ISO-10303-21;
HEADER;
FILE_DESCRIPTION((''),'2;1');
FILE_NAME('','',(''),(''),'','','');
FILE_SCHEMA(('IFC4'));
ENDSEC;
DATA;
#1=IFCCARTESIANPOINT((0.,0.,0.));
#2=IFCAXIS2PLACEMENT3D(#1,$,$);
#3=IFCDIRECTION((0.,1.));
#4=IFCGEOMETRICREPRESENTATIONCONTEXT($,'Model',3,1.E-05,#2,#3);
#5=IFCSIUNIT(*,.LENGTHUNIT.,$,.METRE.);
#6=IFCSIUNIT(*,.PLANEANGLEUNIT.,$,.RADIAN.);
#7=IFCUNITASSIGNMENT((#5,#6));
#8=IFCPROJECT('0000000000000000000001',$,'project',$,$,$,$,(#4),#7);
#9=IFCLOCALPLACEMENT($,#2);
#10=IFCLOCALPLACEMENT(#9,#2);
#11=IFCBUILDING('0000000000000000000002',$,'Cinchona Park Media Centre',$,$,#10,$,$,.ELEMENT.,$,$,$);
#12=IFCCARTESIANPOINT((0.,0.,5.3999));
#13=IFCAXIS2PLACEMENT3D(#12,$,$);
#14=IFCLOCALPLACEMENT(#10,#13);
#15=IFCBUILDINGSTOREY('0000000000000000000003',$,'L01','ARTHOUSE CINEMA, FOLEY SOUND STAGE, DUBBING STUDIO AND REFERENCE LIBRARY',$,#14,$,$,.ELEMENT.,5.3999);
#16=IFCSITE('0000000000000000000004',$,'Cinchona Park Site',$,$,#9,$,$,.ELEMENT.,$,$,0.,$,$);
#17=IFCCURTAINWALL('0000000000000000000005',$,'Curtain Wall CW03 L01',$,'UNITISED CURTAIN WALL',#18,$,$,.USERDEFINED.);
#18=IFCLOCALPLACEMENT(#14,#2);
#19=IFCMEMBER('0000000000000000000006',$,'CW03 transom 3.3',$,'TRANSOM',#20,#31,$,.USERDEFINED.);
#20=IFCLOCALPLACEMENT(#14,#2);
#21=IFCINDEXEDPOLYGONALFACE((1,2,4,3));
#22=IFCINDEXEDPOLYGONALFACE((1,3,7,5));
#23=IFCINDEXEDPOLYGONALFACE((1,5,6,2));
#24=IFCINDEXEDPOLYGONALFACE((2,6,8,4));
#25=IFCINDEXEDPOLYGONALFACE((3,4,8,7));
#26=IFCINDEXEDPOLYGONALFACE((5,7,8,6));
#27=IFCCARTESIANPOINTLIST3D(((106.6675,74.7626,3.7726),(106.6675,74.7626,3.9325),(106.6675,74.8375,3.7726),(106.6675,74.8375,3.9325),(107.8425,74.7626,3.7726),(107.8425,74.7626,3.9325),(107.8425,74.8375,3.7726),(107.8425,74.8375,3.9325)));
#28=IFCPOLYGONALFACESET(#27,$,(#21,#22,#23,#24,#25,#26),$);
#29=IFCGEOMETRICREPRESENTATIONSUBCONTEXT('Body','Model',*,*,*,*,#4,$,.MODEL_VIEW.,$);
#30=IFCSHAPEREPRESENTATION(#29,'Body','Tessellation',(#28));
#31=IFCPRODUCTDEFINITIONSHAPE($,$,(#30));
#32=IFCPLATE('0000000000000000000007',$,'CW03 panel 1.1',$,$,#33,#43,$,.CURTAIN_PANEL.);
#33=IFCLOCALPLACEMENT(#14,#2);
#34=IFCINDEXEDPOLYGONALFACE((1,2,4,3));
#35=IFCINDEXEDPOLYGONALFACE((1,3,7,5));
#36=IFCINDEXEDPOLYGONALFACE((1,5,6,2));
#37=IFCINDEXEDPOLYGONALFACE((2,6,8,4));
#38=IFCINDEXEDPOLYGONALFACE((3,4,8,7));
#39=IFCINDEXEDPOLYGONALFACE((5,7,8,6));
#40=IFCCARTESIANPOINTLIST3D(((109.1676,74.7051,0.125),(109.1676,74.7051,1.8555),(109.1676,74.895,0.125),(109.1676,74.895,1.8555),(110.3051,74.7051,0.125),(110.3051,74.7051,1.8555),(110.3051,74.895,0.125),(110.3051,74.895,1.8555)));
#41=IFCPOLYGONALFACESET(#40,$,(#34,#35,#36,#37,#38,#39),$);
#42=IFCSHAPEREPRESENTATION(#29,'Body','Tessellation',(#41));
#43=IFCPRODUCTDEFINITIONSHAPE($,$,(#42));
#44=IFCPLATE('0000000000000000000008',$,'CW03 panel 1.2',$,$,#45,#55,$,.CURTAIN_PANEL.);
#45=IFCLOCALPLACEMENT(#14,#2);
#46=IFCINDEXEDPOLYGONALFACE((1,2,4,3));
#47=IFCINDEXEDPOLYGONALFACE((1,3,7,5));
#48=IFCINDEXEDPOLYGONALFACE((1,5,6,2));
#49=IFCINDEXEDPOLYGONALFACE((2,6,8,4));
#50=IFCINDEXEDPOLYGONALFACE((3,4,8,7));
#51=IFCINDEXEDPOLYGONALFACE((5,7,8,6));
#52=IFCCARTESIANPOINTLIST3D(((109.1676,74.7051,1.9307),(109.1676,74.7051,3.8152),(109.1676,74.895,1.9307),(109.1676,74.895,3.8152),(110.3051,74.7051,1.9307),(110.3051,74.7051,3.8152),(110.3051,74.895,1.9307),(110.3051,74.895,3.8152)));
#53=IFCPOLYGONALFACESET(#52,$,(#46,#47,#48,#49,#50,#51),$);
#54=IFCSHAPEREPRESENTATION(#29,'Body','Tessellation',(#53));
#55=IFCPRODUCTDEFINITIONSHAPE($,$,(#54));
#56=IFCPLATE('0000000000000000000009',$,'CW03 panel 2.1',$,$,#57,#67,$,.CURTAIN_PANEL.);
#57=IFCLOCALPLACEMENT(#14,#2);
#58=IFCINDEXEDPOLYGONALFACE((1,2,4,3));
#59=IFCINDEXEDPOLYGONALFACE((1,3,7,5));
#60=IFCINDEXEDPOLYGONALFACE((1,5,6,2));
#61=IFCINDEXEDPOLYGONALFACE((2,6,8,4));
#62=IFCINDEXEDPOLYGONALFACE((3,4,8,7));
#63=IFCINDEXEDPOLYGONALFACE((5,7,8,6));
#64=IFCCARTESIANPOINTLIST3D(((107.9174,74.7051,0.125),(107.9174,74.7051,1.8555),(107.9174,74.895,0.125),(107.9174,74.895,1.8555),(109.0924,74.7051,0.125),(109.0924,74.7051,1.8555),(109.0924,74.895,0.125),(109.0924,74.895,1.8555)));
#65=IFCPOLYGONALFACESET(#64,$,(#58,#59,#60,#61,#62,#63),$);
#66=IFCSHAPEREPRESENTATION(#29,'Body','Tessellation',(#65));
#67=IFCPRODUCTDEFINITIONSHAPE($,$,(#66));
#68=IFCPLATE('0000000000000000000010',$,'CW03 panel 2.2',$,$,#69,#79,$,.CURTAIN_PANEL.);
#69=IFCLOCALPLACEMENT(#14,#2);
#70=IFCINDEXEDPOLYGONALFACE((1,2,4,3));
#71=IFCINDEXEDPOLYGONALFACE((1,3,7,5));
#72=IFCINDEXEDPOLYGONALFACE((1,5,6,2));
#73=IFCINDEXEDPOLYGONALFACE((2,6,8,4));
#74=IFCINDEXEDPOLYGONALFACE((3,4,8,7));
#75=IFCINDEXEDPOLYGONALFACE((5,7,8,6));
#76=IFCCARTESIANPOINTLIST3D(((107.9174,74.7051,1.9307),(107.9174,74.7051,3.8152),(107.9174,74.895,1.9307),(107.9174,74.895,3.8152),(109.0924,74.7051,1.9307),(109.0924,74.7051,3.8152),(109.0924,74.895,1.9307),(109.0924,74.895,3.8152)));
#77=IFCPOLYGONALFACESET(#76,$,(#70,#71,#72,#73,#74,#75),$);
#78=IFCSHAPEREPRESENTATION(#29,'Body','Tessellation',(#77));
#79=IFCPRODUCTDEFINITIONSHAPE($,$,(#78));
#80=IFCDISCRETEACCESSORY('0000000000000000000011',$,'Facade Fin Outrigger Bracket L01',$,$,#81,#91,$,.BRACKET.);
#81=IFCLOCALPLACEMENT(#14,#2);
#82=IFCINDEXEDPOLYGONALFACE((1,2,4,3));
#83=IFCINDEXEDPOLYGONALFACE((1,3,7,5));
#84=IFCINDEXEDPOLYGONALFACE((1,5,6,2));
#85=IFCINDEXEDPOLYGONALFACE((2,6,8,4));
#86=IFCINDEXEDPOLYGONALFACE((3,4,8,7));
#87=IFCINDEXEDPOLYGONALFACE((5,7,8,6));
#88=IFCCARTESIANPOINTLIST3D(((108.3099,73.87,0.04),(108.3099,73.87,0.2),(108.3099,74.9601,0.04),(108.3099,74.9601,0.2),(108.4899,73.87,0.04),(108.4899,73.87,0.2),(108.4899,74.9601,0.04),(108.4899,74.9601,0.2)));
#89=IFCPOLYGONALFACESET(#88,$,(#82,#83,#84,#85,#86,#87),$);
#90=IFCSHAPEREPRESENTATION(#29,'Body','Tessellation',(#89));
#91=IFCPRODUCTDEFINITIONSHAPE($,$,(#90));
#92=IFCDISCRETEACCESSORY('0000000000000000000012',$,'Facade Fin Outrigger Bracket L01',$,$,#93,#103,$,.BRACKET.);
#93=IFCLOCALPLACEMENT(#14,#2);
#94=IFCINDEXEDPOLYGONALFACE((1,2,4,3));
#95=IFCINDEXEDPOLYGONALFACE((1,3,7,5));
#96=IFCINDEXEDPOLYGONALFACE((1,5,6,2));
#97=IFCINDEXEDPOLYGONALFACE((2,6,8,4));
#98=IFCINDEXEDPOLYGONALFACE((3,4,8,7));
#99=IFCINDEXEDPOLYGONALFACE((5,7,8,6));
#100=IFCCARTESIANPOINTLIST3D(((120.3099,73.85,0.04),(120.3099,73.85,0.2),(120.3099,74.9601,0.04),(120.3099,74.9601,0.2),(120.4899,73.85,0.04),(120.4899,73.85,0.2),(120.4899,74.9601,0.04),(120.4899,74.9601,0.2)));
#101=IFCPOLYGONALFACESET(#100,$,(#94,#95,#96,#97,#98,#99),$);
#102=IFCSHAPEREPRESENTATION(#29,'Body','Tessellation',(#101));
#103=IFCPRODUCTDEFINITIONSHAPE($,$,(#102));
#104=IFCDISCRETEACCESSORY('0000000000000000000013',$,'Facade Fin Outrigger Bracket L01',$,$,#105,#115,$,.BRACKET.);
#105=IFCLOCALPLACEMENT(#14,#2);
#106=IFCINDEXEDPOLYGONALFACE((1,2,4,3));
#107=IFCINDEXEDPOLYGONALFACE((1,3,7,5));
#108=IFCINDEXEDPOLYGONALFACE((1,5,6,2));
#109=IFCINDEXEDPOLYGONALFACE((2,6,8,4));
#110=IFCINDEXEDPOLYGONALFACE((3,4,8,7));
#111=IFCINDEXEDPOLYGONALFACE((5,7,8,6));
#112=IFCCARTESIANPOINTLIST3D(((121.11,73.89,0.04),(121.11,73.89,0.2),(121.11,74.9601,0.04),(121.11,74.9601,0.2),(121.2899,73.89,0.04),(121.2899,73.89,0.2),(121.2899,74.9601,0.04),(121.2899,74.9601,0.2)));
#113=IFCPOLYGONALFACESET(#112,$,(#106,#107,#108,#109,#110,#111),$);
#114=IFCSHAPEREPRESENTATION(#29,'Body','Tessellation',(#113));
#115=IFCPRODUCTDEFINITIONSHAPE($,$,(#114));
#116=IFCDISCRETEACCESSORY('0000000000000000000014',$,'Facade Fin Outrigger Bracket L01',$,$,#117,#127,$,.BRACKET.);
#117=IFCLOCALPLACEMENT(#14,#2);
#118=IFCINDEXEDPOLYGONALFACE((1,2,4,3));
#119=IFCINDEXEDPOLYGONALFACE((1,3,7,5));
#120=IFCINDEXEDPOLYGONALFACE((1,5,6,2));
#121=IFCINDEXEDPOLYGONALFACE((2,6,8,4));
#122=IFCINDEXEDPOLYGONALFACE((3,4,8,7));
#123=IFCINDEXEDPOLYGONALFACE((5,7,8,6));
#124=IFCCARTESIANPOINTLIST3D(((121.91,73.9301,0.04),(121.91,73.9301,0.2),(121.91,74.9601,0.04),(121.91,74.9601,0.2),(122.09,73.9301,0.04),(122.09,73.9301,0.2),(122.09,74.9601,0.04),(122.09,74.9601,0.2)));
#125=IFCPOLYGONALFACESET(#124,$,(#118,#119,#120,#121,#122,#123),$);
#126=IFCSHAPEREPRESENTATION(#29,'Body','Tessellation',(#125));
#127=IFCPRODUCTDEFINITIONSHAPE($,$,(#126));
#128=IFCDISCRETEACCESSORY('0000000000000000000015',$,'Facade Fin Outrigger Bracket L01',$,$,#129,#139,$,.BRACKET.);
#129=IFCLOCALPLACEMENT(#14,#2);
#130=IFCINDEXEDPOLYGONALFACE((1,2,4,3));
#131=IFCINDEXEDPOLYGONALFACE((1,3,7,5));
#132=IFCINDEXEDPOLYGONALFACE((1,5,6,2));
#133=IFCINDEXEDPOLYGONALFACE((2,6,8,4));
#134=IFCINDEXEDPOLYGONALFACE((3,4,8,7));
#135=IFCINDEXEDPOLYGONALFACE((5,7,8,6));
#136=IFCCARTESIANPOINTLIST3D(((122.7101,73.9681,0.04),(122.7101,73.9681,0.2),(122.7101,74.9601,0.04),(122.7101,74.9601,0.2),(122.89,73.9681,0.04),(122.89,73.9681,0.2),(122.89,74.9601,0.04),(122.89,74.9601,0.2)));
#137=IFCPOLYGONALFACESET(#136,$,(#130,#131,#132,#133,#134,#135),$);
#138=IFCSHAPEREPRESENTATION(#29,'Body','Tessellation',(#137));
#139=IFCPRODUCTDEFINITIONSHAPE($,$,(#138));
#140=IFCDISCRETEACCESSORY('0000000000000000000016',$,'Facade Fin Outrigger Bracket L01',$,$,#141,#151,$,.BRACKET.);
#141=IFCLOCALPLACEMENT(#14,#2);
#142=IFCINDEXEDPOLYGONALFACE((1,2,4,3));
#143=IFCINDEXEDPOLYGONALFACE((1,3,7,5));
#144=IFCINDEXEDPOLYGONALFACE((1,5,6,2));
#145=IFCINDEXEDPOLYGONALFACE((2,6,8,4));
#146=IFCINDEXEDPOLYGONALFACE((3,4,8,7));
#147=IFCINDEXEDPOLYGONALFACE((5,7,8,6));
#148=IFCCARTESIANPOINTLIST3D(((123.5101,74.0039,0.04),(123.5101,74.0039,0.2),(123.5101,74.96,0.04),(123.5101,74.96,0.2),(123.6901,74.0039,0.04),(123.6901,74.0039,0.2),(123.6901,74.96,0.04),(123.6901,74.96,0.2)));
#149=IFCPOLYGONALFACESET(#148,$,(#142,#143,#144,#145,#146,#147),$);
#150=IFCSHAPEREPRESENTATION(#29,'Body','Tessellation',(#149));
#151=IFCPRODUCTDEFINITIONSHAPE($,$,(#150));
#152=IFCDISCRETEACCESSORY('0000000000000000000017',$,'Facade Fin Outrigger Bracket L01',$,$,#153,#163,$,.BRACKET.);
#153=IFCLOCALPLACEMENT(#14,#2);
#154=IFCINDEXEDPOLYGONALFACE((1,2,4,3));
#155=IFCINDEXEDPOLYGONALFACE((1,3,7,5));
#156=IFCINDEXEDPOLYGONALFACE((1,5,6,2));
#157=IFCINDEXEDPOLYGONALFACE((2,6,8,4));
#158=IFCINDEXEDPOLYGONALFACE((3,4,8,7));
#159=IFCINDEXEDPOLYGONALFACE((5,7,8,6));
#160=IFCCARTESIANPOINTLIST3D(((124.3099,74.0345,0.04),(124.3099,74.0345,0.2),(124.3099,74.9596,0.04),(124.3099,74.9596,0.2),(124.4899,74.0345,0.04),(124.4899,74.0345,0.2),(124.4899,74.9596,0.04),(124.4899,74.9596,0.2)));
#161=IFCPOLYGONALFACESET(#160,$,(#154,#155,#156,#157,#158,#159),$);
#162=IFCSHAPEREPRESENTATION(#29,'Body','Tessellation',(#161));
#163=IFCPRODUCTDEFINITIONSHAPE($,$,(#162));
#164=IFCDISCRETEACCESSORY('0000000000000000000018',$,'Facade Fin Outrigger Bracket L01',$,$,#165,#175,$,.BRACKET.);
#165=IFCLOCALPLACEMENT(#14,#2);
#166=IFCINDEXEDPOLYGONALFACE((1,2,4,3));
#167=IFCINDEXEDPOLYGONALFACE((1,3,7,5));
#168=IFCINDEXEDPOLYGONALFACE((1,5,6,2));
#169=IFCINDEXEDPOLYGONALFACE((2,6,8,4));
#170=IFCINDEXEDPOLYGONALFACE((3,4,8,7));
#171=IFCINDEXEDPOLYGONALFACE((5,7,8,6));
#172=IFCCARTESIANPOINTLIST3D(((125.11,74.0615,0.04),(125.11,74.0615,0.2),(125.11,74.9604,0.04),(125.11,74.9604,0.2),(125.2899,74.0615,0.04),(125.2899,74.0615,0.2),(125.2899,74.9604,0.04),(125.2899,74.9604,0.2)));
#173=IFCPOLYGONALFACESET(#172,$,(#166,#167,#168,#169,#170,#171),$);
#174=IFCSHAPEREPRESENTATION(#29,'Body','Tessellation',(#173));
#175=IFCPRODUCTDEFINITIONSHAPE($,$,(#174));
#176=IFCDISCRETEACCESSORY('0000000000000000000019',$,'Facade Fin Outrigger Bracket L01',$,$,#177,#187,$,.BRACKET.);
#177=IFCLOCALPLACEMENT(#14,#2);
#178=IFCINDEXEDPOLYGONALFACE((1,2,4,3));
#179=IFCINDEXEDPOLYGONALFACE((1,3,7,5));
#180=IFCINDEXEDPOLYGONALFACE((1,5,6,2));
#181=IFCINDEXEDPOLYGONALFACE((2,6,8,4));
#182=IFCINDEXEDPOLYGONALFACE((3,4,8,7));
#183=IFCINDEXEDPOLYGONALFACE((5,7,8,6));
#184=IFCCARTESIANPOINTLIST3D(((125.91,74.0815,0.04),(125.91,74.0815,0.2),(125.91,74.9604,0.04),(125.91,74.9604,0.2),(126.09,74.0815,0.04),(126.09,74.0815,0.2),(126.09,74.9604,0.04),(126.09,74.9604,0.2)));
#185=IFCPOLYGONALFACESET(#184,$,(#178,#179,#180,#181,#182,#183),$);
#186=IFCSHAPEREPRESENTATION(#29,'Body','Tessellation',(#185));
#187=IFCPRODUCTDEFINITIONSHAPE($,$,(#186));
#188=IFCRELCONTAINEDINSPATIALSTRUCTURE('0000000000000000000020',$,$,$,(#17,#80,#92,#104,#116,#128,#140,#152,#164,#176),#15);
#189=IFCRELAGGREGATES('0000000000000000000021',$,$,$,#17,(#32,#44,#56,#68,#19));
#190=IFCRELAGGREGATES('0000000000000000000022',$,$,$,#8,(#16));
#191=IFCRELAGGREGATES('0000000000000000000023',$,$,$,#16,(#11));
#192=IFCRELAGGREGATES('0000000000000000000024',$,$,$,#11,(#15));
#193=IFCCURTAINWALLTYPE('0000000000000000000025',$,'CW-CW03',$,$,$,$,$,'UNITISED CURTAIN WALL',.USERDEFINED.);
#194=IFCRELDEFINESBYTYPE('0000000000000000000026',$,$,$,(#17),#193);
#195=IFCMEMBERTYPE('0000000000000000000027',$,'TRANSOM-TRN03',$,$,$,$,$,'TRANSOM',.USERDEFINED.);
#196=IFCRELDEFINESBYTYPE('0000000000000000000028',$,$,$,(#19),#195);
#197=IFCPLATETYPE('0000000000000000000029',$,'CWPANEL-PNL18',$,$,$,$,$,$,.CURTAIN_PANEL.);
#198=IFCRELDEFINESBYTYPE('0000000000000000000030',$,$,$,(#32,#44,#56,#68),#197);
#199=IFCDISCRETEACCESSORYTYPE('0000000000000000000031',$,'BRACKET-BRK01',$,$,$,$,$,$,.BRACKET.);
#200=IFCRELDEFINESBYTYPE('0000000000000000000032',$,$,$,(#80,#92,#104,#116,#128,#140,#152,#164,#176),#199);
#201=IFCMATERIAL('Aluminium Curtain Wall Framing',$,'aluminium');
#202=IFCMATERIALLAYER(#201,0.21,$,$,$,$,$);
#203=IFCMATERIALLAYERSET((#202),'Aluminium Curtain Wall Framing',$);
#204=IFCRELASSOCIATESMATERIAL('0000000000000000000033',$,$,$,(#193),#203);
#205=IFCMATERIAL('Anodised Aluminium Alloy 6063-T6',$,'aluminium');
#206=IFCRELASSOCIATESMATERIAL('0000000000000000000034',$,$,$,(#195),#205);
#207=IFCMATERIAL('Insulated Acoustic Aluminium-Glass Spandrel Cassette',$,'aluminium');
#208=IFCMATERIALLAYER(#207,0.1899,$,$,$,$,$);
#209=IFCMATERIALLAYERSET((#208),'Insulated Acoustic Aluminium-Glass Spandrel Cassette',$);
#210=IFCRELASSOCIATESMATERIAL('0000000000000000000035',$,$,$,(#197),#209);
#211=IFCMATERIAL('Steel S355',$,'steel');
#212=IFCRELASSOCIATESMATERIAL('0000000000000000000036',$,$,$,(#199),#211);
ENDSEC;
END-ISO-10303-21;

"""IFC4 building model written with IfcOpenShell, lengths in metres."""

from ifc_helpers import new_model, si_unit, direction, frame, origin, origin_2d, place, context, subcontext, project, spatial, rectangle, extrude, material, layer, layer_set, material_profile, profile_set, type_object, element, aggregate, save


model = new_model("IFC4")

# Units and contexts
model_context = context("Model", 3, precision=1e-05, world=origin(), true_north=direction((0.0, 1.0)))
body_context = subcontext(model_context, "Body", "Model", "MODEL_VIEW")
ifc_project = project(units=[si_unit("LENGTHUNIT", "METRE"), si_unit("PLANEANGLEUNIT", "RADIAN")], contexts=[model_context])

# Site, building, storey
site_placement = place(None, origin())
site = spatial("IfcSite", under=ifc_project, at=site_placement, Name="Cinchona Park Site", CompositionType="ELEMENT", RefElevation=0.0)
building_placement = place(site_placement, origin())
building = spatial("IfcBuilding", under=site, at=building_placement, Name="Cinchona Park Media Centre", CompositionType="ELEMENT")
storey_placement = place(building_placement, frame((0.0, 0.0, 5.3999)))
storey = spatial("IfcBuildingStorey", under=building, at=storey_placement, Name="L01", Description="ARTHOUSE CINEMA, FOLEY SOUND STAGE, DUBBING STUDIO AND REFERENCE LIBRARY", CompositionType="ELEMENT", Elevation=5.3999)

# Curtain wall, member, plates
ifc_material_1 = material(Name="Aluminium Curtain Wall Framing", Category="aluminium")
ifc_layer_1 = layer(ifc_material_1, 0.21)
ifc_layer_set_1 = layer_set([ifc_layer_1], Name="Aluminium Curtain Wall Framing")
curtain_wall_type_1 = type_object("IfcCurtainWallType", Name="CW-CW03", ElementType="UNITISED CURTAIN WALL", PredefinedType="USERDEFINED", material=ifc_layer_set_1)
curtain_wall_1_placement = place(storey_placement, origin())
curtain_wall_1 = element("IfcCurtainWall", 1, at=curtain_wall_1_placement, inside=storey, type_object=curtain_wall_type_1, Name="Curtain Wall CW03 L01", ObjectType="UNITISED CURTAIN WALL", PredefinedType="USERDEFINED")
ifc_material_2 = material(Name="Anodised Aluminium Alloy 6063-T6", Category="aluminium")
ifc_material_profile_1 = material_profile(ifc_material_2, rectangle(XDim=0.075, YDim=0.1599, at=origin_2d()), Name="TRN-75X160")
ifc_profile_set_1 = profile_set([ifc_material_profile_1], Name="Anodised Aluminium Alloy 6063-T6")
member_type_1 = type_object("IfcMemberType", Name="TRANSOM-TRN03", ElementType="TRANSOM", PredefinedType="USERDEFINED", material=ifc_profile_set_1)
member_1_placement = place(storey_placement, frame((107.8425, 74.8, 3.8525), z_axis=(-1.0, 0.0, 0.0), x_axis=(0.0, -1.0, 0.0)))
member_1 = element("IfcMember", 2, at=member_1_placement, type_object=member_type_1, Name="CW03 transom 3.3", ObjectType="TRANSOM", PredefinedType="USERDEFINED", context=body_context, shape_type="SweptSolid", body=[
    extrude(rectangle(XDim=0.075, YDim=0.1599, at=origin_2d()), origin(), (0.0, 0.0, 1.0), 1.175),
])
ifc_material_3 = material(Name="Insulated Acoustic Aluminium-Glass Spandrel Cassette", Category="aluminium")
ifc_layer_2 = layer(ifc_material_3, 0.1899)
ifc_layer_set_2 = layer_set([ifc_layer_2], Name="Insulated Acoustic Aluminium-Glass Spandrel Cassette")
plate_type = type_object("IfcPlateType", Name="CWPANEL-PNL18", PredefinedType="CURTAIN_PANEL", material=ifc_layer_set_2)
plate_1_placement = place(storey_placement, frame((109.7363, 74.8, 0.125), z_axis=(0.0, 0.0, 1.0), x_axis=(-1.0, 0.0, 0.0)))
plate_1 = element("IfcPlate", 3, at=plate_1_placement, type_object=plate_type, Name="CW03 panel 1.1", PredefinedType="CURTAIN_PANEL", context=body_context, shape_type="SweptSolid", body=[
    extrude(rectangle(XDim=1.1375, YDim=0.1899, at=origin_2d()), origin(), (0.0, 0.0, 1.0), 1.7305),
])
plate_2_placement = place(storey_placement, frame((109.7363, 74.8, 1.9307), z_axis=(0.0, 0.0, 1.0), x_axis=(-1.0, 0.0, 0.0)))
plate_2 = element("IfcPlate", 4, at=plate_2_placement, type_object=plate_type, Name="CW03 panel 1.2", PredefinedType="CURTAIN_PANEL", context=body_context, shape_type="SweptSolid", body=[
    extrude(rectangle(XDim=1.1375, YDim=0.1899, at=origin_2d()), origin(), (0.0, 0.0, 1.0), 1.8845),
])
plate_3_placement = place(storey_placement, frame((108.5049, 74.8, 0.125), z_axis=(0.0, 0.0, 1.0), x_axis=(-1.0, 0.0, 0.0)))
plate_3 = element("IfcPlate", 5, at=plate_3_placement, type_object=plate_type, Name="CW03 panel 2.1", PredefinedType="CURTAIN_PANEL", context=body_context, shape_type="SweptSolid", body=[
    extrude(rectangle(XDim=1.175, YDim=0.1899, at=origin_2d()), origin(), (0.0, 0.0, 1.0), 1.7305),
])
plate_4_placement = place(storey_placement, frame((108.5049, 74.8, 1.9307), z_axis=(0.0, 0.0, 1.0), x_axis=(-1.0, 0.0, 0.0)))
plate_4 = element("IfcPlate", 6, at=plate_4_placement, type_object=plate_type, Name="CW03 panel 2.2", PredefinedType="CURTAIN_PANEL", context=body_context, shape_type="SweptSolid", body=[
    extrude(rectangle(XDim=1.175, YDim=0.1899, at=origin_2d()), origin(), (0.0, 0.0, 1.0), 1.8845),
])
aggregate(curtain_wall_1, [plate_1, plate_2, plate_3, plate_4, member_1])

# Discrete accessories
ifc_material_4 = material(Name="Steel S355", Category="steel")
discrete_accessory_type = type_object("IfcDiscreteAccessoryType", Name="BRACKET-BRK01", PredefinedType="BRACKET", material=ifc_material_4)
discrete_accessory_1_placement = place(storey_placement, frame((108.3999, 74.415, 0.04), z_axis=(0.0, 0.0, 1.0), x_axis=(1.0, 0.0, 0.0)))
element("IfcDiscreteAccessory", 7, at=discrete_accessory_1_placement, inside=storey, type_object=discrete_accessory_type, Name="Facade Fin Outrigger Bracket L01", PredefinedType="BRACKET", context=body_context, shape_type="SweptSolid", body=[
    extrude(rectangle(XDim=0.1799, YDim=1.0901, at=origin_2d()), origin(), (0.0, 0.0, 1.0), 0.1599),
])
discrete_accessory_2_placement = place(storey_placement, frame((120.3999, 74.405, 0.04), z_axis=(0.0, 0.0, 1.0), x_axis=(1.0, 0.0, 0.0)))
element("IfcDiscreteAccessory", 8, at=discrete_accessory_2_placement, inside=storey, type_object=discrete_accessory_type, Name="Facade Fin Outrigger Bracket L01", PredefinedType="BRACKET", context=body_context, shape_type="SweptSolid", body=[
    extrude(rectangle(XDim=0.1799, YDim=1.1101, at=origin_2d()), origin(), (0.0, 0.0, 1.0), 0.1599),
])
discrete_accessory_3_placement = place(storey_placement, frame((121.2, 74.425, 0.04), z_axis=(0.0, 0.0, 1.0), x_axis=(1.0, 0.0, 0.0)))
element("IfcDiscreteAccessory", 9, at=discrete_accessory_3_placement, inside=storey, type_object=discrete_accessory_type, Name="Facade Fin Outrigger Bracket L01", PredefinedType="BRACKET", context=body_context, shape_type="SweptSolid", body=[
    extrude(rectangle(XDim=0.1799, YDim=1.0701, at=origin_2d()), origin(), (0.0, 0.0, 1.0), 0.1599),
])
discrete_accessory_4_placement = place(storey_placement, frame((122.0, 74.4451, 0.04), z_axis=(0.0, 0.0, 1.0), x_axis=(1.0, 0.0, 0.0)))
element("IfcDiscreteAccessory", 10, at=discrete_accessory_4_placement, inside=storey, type_object=discrete_accessory_type, Name="Facade Fin Outrigger Bracket L01", PredefinedType="BRACKET", context=body_context, shape_type="SweptSolid", body=[
    extrude(rectangle(XDim=0.1799, YDim=1.03, at=origin_2d()), origin(), (0.0, 0.0, 1.0), 0.1599),
])
discrete_accessory_5_placement = place(storey_placement, frame((122.8, 74.4641, 0.04), z_axis=(0.0, 0.0, 1.0), x_axis=(1.0, 0.0, 0.0)))
element("IfcDiscreteAccessory", 11, at=discrete_accessory_5_placement, inside=storey, type_object=discrete_accessory_type, Name="Facade Fin Outrigger Bracket L01", PredefinedType="BRACKET", context=body_context, shape_type="SweptSolid", body=[
    extrude(rectangle(XDim=0.1799, YDim=0.9919, at=origin_2d()), origin(), (0.0, 0.0, 1.0), 0.1599),
])
discrete_accessory_6_placement = place(storey_placement, frame((123.6001, 74.4819, 0.04), z_axis=(0.0, 0.0, 1.0), x_axis=(1.0, 0.0, 0.0)))
element("IfcDiscreteAccessory", 12, at=discrete_accessory_6_placement, inside=storey, type_object=discrete_accessory_type, Name="Facade Fin Outrigger Bracket L01", PredefinedType="BRACKET", context=body_context, shape_type="SweptSolid", body=[
    extrude(rectangle(XDim=0.1799, YDim=0.9561, at=origin_2d()), origin(), (0.0, 0.0, 1.0), 0.1599),
])
discrete_accessory_7_placement = place(storey_placement, frame((124.3999, 74.4971, 0.04), z_axis=(0.0, 0.0, 1.0), x_axis=(1.0, 0.0, 0.0)))
element("IfcDiscreteAccessory", 13, at=discrete_accessory_7_placement, inside=storey, type_object=discrete_accessory_type, Name="Facade Fin Outrigger Bracket L01", PredefinedType="BRACKET", context=body_context, shape_type="SweptSolid", body=[
    extrude(rectangle(XDim=0.1799, YDim=0.925, at=origin_2d()), origin(), (0.0, 0.0, 1.0), 0.1599),
])
discrete_accessory_8_placement = place(storey_placement, frame((125.2, 74.511, 0.04), z_axis=(0.0, 0.0, 1.0), x_axis=(1.0, 0.0, 0.0)))
element("IfcDiscreteAccessory", 14, at=discrete_accessory_8_placement, inside=storey, type_object=discrete_accessory_type, Name="Facade Fin Outrigger Bracket L01", PredefinedType="BRACKET", context=body_context, shape_type="SweptSolid", body=[
    extrude(rectangle(XDim=0.1799, YDim=0.8989, at=origin_2d()), origin(), (0.0, 0.0, 1.0), 0.1599),
])
discrete_accessory_9_placement = place(storey_placement, frame((126.0, 74.521, 0.04), z_axis=(0.0, 0.0, 1.0), x_axis=(1.0, 0.0, 0.0)))
element("IfcDiscreteAccessory", 15, at=discrete_accessory_9_placement, inside=storey, type_object=discrete_accessory_type, Name="Facade Fin Outrigger Bracket L01", PredefinedType="BRACKET", context=body_context, shape_type="SweptSolid", body=[
    extrude(rectangle(XDim=0.1799, YDim=0.8789, at=origin_2d()), origin(), (0.0, 0.0, 1.0), 0.1599),
])

save(model, "model.ifc")
